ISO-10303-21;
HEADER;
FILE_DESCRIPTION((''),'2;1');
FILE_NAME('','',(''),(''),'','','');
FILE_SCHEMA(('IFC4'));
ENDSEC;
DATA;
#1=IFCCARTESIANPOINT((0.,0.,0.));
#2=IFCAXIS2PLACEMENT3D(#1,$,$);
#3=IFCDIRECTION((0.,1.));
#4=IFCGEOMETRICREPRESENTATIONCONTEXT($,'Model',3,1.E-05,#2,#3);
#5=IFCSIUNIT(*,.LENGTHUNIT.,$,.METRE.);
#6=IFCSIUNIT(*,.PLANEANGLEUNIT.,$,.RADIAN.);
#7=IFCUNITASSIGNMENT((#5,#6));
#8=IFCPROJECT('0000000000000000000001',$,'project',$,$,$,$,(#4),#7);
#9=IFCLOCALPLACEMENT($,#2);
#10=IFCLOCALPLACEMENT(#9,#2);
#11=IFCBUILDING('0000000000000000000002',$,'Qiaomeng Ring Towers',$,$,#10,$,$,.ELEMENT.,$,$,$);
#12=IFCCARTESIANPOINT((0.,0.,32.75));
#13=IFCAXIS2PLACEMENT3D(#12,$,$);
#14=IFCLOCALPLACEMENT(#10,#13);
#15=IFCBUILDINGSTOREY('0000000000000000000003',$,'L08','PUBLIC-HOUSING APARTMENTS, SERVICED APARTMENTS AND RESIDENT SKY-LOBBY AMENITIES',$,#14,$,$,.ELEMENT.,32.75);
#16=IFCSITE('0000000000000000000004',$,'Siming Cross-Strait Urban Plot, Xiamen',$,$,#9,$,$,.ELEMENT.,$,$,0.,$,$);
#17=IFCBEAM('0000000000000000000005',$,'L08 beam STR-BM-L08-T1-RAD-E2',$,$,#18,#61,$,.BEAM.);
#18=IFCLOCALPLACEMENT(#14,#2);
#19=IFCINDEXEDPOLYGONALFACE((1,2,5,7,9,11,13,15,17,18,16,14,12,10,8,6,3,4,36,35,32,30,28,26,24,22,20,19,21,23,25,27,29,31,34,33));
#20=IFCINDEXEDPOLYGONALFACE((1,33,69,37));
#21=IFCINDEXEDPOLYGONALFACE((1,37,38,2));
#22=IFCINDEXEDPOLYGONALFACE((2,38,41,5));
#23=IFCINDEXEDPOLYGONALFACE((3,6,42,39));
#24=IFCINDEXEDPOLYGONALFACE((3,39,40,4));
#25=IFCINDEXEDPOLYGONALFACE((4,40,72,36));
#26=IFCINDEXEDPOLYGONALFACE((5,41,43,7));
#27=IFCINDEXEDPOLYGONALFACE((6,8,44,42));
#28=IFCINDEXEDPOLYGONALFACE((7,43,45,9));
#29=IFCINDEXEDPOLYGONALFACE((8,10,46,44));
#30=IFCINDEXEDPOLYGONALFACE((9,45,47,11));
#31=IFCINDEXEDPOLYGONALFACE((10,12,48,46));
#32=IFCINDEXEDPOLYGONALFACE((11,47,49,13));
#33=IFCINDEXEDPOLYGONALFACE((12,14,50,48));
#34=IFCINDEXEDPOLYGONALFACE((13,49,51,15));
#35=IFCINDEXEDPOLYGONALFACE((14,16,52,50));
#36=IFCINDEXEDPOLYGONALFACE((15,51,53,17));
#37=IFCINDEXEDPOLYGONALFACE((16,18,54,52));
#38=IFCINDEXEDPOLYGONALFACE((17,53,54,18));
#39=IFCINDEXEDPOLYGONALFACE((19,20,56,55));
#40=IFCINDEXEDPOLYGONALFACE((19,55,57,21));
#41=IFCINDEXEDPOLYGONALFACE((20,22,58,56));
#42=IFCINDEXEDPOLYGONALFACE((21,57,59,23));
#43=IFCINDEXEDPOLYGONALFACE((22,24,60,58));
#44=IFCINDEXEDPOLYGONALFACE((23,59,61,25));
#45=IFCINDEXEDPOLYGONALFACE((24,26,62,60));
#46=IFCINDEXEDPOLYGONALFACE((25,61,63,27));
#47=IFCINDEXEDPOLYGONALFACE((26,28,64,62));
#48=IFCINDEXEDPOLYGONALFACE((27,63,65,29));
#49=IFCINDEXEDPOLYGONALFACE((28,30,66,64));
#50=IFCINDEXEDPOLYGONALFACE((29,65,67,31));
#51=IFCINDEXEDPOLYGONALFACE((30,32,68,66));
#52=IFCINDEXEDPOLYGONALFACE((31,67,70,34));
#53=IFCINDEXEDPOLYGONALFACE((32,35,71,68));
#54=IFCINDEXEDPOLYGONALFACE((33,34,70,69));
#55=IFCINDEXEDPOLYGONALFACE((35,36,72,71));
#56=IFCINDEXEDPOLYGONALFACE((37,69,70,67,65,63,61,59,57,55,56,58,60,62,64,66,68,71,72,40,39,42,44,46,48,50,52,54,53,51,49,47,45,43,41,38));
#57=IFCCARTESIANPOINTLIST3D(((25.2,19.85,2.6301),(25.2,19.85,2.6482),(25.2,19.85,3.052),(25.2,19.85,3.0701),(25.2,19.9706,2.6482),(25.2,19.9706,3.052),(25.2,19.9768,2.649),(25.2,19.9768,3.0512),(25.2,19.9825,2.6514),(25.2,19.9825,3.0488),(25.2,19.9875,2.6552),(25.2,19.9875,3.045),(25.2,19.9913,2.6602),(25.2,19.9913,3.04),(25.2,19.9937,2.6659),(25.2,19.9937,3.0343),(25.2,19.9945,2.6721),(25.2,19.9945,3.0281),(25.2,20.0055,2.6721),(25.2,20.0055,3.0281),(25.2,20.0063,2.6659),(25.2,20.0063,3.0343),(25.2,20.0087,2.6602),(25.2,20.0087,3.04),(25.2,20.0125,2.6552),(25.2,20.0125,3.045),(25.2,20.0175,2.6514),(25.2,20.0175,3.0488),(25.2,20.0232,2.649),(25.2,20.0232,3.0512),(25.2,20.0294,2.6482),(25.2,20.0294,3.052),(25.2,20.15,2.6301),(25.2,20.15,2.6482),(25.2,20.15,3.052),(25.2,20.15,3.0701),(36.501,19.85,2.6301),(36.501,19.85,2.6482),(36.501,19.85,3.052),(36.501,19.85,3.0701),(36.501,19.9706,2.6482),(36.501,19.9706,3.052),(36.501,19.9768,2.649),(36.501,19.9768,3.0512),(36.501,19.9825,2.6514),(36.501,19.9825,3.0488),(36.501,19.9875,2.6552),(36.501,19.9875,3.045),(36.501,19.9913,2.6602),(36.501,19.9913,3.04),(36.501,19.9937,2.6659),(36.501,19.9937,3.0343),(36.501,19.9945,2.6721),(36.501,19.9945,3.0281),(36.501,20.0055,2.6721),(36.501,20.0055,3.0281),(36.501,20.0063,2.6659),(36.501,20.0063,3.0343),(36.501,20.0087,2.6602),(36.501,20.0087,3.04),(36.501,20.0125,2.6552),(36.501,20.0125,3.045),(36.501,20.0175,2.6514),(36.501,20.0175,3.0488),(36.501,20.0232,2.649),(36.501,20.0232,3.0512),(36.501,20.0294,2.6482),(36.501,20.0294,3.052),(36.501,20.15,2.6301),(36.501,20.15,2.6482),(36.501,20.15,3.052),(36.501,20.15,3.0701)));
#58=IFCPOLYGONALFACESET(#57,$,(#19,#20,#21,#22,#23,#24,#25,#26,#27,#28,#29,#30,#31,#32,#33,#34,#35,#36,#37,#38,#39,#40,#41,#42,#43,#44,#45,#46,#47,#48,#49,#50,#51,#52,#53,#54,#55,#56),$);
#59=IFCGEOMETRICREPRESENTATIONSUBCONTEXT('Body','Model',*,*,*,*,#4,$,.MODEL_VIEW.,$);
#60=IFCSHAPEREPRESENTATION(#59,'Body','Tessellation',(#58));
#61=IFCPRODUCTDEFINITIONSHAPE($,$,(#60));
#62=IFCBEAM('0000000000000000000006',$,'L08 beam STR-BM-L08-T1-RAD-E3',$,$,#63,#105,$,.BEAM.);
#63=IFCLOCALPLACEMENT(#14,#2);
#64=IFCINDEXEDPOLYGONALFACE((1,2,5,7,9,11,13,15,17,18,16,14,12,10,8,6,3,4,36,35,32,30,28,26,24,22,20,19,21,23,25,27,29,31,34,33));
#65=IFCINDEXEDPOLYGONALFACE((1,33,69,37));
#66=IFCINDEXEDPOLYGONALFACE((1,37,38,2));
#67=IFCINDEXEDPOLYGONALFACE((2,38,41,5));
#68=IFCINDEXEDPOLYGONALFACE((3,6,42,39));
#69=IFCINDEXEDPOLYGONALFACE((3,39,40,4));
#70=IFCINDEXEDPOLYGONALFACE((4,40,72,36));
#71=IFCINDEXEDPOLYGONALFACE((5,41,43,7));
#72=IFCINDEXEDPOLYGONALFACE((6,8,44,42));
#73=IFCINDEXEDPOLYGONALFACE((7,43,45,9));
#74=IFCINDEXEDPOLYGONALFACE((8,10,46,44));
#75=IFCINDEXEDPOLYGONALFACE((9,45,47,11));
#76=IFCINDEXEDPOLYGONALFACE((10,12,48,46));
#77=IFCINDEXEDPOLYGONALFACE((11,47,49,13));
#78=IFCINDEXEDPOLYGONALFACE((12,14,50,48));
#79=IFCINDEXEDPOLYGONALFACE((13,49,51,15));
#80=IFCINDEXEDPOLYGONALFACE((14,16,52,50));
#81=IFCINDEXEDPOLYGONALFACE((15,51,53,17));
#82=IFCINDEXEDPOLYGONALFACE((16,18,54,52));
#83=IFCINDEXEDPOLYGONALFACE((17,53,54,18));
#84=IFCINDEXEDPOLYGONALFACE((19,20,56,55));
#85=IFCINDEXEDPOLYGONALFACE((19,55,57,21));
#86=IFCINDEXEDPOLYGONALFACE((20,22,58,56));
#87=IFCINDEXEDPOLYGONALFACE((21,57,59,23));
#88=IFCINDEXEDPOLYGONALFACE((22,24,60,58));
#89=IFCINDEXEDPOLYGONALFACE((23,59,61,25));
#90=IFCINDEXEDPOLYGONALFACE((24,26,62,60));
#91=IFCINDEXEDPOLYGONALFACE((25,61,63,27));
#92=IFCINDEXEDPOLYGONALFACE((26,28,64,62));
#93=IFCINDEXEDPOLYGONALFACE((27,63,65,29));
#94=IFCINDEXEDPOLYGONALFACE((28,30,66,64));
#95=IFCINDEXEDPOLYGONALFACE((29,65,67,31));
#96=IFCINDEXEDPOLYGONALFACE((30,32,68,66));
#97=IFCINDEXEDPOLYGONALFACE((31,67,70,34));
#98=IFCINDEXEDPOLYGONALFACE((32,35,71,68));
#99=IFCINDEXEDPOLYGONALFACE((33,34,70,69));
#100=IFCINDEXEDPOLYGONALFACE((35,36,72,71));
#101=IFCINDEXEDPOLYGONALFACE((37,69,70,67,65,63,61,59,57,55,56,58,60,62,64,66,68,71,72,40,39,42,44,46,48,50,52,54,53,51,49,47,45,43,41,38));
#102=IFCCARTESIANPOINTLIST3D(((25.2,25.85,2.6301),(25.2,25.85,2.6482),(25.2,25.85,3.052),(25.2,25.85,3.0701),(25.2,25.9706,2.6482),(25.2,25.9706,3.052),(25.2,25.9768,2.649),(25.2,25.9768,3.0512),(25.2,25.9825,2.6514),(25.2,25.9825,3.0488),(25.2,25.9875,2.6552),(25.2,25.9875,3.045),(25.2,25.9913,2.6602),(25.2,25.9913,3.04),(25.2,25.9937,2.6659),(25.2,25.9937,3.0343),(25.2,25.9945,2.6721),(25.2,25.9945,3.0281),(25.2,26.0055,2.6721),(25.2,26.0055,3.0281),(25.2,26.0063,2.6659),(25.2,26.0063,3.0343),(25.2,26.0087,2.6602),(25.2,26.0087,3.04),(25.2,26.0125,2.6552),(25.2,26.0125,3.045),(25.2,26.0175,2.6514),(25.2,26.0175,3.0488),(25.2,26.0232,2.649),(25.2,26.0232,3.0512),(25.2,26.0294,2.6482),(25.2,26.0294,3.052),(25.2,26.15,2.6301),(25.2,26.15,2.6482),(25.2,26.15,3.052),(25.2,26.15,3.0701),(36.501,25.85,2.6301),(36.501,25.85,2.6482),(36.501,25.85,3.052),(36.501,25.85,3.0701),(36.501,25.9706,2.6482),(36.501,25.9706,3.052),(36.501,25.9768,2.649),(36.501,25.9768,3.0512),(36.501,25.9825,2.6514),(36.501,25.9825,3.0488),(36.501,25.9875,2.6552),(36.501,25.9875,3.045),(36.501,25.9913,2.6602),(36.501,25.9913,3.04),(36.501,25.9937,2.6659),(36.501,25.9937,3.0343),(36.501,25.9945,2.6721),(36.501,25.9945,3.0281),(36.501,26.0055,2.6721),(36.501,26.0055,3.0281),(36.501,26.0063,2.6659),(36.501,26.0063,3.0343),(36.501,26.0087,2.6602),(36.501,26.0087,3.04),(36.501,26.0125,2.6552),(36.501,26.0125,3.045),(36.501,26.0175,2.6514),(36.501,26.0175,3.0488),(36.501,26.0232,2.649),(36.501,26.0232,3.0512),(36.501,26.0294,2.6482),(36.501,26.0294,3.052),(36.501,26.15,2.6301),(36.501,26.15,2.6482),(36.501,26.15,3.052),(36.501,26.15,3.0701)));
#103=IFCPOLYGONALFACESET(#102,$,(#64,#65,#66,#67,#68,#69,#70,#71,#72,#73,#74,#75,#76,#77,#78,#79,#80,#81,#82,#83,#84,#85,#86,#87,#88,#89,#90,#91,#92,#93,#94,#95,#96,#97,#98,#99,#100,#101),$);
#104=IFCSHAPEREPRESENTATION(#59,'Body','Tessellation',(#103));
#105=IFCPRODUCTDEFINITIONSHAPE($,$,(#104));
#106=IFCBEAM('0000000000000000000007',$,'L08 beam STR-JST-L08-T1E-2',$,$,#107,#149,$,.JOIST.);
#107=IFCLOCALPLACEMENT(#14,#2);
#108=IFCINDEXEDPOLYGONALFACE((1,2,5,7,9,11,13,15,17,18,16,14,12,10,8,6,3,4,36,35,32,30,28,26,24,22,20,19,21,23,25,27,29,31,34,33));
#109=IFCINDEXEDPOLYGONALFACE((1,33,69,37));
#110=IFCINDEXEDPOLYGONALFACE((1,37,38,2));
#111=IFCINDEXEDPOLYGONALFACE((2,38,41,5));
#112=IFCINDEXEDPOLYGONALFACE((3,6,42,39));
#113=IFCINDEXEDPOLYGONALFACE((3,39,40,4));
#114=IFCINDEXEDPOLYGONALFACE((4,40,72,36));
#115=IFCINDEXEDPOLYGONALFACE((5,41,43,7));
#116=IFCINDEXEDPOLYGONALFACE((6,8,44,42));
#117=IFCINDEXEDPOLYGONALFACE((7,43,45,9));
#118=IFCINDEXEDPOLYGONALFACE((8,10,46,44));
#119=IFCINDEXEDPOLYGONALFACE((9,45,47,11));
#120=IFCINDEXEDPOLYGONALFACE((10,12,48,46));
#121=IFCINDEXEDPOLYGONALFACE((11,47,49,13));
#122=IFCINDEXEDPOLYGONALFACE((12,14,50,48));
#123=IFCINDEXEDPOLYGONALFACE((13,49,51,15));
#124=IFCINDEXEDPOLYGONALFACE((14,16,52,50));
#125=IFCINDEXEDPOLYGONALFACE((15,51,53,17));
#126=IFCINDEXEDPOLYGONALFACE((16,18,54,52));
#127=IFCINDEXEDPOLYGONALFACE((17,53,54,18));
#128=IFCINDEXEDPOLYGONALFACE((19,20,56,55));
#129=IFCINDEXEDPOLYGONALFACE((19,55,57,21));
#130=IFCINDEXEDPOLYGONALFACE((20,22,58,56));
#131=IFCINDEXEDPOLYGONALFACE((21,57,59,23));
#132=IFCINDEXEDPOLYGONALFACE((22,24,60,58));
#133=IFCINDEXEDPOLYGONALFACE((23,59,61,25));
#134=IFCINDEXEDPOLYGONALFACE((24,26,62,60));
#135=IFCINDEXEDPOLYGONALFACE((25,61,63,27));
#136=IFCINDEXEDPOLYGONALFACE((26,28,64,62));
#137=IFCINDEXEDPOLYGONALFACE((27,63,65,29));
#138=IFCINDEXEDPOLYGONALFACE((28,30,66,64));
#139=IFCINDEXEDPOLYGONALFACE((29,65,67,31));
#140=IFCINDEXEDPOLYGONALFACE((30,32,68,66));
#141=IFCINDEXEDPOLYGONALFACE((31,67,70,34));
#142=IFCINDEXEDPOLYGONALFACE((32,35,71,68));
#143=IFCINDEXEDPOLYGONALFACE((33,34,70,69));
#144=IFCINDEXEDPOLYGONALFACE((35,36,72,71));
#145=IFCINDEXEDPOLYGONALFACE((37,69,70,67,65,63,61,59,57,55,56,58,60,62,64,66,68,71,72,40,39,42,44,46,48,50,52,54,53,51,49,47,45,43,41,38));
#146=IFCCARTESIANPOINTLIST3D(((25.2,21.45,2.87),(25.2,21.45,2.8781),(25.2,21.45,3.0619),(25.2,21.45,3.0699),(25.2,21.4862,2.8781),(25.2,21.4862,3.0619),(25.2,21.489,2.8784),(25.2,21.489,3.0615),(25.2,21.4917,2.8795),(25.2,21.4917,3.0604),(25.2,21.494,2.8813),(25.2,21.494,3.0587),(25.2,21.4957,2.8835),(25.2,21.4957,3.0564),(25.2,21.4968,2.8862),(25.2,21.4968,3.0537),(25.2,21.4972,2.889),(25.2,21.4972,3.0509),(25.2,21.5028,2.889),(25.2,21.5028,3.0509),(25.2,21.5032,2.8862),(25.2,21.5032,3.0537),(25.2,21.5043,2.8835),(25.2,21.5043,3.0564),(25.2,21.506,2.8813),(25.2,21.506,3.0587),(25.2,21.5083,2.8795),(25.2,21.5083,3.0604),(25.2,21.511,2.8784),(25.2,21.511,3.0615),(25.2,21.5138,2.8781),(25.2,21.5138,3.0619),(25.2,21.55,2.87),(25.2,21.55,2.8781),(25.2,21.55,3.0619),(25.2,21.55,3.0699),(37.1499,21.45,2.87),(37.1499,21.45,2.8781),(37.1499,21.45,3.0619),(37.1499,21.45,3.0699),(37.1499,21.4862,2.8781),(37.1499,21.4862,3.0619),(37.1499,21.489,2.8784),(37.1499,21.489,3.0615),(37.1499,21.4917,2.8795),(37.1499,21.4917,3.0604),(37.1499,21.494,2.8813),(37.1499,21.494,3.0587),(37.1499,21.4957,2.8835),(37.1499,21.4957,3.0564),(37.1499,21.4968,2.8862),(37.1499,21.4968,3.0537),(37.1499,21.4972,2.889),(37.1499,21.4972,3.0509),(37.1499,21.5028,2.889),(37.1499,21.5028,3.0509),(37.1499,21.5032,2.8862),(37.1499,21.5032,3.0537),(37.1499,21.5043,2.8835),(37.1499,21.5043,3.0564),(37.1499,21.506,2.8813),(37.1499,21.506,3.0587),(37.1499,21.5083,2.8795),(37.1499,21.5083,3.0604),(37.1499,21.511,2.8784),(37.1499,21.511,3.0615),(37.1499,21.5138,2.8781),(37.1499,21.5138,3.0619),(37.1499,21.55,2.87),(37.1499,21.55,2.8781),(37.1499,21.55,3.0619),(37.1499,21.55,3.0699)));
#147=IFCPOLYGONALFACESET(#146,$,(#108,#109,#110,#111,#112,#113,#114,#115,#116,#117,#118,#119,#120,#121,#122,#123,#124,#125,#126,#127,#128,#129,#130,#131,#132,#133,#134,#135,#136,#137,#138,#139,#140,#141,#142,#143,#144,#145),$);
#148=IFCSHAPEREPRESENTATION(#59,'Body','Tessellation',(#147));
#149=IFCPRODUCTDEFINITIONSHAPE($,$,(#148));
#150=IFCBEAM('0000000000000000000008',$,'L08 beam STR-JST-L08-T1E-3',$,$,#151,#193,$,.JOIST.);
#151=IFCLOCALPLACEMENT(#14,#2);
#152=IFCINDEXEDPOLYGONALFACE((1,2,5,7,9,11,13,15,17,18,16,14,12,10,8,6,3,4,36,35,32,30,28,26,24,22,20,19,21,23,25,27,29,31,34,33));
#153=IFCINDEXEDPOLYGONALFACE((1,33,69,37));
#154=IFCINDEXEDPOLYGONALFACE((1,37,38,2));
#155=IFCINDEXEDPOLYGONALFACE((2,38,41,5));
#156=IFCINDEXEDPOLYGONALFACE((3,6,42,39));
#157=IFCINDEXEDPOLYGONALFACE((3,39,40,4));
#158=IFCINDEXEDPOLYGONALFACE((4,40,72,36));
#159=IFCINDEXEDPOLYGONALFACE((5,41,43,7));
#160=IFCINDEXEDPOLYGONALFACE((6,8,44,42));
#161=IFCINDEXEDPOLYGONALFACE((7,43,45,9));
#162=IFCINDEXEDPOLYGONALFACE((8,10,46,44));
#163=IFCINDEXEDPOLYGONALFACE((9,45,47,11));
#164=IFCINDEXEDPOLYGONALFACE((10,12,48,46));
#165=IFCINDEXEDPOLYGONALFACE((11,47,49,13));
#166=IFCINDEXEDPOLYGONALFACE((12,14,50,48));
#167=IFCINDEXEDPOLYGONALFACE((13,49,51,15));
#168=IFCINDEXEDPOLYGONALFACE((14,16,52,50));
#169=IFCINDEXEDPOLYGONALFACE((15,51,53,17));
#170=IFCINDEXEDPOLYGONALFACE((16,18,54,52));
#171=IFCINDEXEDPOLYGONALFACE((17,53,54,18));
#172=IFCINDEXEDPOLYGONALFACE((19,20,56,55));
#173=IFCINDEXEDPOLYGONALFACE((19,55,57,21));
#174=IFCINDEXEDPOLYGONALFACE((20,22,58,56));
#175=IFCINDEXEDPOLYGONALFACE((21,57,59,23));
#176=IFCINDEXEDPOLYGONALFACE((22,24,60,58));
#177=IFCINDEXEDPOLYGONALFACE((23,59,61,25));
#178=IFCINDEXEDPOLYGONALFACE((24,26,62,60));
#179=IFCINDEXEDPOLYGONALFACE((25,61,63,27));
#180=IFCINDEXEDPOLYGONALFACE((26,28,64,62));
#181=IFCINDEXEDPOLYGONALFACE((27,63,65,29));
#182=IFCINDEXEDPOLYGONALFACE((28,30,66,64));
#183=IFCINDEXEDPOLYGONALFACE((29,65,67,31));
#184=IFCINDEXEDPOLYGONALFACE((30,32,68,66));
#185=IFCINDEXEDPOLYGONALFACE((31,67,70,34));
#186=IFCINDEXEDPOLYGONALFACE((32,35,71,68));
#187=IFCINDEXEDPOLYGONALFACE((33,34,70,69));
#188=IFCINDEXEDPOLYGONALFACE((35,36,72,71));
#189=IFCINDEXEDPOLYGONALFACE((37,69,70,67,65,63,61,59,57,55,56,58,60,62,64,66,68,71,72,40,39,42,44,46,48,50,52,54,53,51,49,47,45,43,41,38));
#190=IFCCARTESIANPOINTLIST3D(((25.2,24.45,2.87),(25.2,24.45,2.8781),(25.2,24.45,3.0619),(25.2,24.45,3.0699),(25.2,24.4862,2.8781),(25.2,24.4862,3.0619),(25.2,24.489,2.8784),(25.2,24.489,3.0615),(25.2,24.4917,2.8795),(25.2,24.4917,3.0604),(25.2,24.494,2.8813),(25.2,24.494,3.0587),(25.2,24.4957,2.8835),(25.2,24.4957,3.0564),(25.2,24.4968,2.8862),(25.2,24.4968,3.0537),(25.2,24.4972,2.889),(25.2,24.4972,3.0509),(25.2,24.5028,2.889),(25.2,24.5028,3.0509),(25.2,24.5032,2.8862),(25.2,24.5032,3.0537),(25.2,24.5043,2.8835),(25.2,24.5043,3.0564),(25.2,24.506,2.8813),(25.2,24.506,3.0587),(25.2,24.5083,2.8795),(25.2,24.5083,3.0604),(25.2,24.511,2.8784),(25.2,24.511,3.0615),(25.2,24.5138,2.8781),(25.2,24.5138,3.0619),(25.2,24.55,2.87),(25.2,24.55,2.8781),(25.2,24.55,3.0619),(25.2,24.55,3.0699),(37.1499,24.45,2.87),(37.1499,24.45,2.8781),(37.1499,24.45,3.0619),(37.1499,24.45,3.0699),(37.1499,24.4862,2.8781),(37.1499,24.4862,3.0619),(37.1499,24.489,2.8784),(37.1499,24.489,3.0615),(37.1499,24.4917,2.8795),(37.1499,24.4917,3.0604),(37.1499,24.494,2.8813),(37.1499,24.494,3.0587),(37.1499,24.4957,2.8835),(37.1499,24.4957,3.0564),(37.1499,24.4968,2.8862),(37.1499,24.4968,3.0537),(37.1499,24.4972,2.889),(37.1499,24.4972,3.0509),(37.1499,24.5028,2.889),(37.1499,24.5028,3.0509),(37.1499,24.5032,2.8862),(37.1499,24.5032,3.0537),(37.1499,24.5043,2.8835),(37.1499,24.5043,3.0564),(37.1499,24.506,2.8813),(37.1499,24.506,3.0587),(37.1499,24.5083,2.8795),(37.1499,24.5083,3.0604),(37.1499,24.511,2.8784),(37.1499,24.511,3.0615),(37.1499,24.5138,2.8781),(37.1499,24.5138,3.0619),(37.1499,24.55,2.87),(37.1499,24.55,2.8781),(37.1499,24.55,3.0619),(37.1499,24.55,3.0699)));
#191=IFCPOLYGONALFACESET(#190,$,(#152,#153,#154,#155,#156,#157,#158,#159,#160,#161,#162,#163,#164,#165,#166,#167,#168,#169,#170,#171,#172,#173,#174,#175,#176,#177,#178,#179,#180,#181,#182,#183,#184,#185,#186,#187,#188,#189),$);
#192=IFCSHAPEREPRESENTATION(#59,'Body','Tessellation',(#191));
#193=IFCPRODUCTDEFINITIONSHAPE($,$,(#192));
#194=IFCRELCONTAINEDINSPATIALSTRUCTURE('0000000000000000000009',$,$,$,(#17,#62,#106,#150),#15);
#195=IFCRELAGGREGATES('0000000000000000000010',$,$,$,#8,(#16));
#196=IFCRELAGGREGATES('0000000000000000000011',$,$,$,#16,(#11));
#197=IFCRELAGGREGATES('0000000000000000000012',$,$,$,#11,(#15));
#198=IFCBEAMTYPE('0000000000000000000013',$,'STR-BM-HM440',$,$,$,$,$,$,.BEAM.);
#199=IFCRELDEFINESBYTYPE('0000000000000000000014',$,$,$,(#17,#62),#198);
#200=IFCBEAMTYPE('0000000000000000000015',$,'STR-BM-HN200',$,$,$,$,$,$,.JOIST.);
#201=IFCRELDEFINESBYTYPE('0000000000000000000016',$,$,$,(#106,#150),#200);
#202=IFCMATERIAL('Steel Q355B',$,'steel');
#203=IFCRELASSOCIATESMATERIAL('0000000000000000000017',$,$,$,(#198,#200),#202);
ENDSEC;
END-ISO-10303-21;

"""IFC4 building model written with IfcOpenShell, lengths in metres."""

from ifc_helpers import new_model, si_unit, direction, frame, origin, origin_2d, place, context, subcontext, project, spatial, i_section, extrude, source, transform, mapped, material, material_profile, profile_set, type_object, element, save


model = new_model("IFC4")

# Units and contexts
model_context = context("Model", 3, precision=1e-05, world=origin(), true_north=direction((0.0, 1.0)))
body_context = subcontext(model_context, "Body", "Model", "MODEL_VIEW")
ifc_project = project(units=[si_unit("LENGTHUNIT", "METRE"), si_unit("PLANEANGLEUNIT", "RADIAN")], contexts=[model_context])

# Site, building, storey
site_placement = place(None, origin())
site = spatial("IfcSite", under=ifc_project, at=site_placement, Name="Siming Cross-Strait Urban Plot, Xiamen", CompositionType="ELEMENT", RefElevation=0.0)
building_placement = place(site_placement, origin())
building = spatial("IfcBuilding", under=site, at=building_placement, Name="Qiaomeng Ring Towers", CompositionType="ELEMENT")
storey_placement = place(building_placement, frame((0.0, 0.0, 32.75)))
storey = spatial("IfcBuildingStorey", under=building, at=storey_placement, Name="L08", Description="PUBLIC-HOUSING APARTMENTS, SERVICED APARTMENTS AND RESIDENT SKY-LOBBY AMENITIES", CompositionType="ELEMENT", Elevation=32.75)

# Beams
ifc_material_1 = material(Name="Steel Q355B", Category="steel")
ifc_material_profile_1 = material_profile(ifc_material_1, i_section(OverallWidth=0.3, OverallDepth=0.4399, WebThickness=0.011, FlangeThickness=0.0181, FilletRadius=0.0239, at=origin_2d()), Name="HM 440x300x11x18")
ifc_profile_set_1 = profile_set([ifc_material_profile_1], Name="Steel Q355B")
beam_type_1 = type_object("IfcBeamType", Name="STR-BM-HM440", PredefinedType="BEAM", material=ifc_profile_set_1)
shared_shape_1 = source(origin(), body_context, "Body", "SweptSolid", [
    extrude(i_section(OverallWidth=0.3, OverallDepth=0.4399, WebThickness=0.011, FlangeThickness=0.0181, FilletRadius=0.0239, at=origin_2d()), origin(), (0.0, 0.0, 1.0), 11.301),
])
for number, where, z_axis, x_axis, name in (
    (1, (25.2, 20.0, 2.8501), (1.0, 0.0, 0.0), (0.0, 1.0, 0.0), "L08 beam STR-BM-L08-T1-RAD-E2"),
    (2, (25.2, 26.0, 2.8501), (1.0, 0.0, 0.0), (0.0, 1.0, 0.0), "L08 beam STR-BM-L08-T1-RAD-E3"),
):
    element("IfcBeam", number, at=place(storey_placement, frame(where, z_axis=z_axis, x_axis=x_axis)), inside=storey, type_object=beam_type_1, Name=name, PredefinedType="BEAM", context=body_context, shape_type="MappedRepresentation", body=[
        mapped(shared_shape_1, transform((0.0, 0.0, 0.0), x_axis=(1.0, 0.0, 0.0), y_axis=(0.0, 1.0, 0.0), z_axis=(0.0, 0.0, 1.0), scale=1.0)),
    ])
ifc_material_profile_2 = material_profile(ifc_material_1, i_section(OverallWidth=0.1001, OverallDepth=0.2, WebThickness=0.0056, FlangeThickness=0.0081, FilletRadius=0.011, at=origin_2d()), Name="HN 200x100x5.5x8")
ifc_profile_set_2 = profile_set([ifc_material_profile_2], Name="Steel Q355B")
beam_type_2 = type_object("IfcBeamType", Name="STR-BM-HN200", PredefinedType="JOIST", material=ifc_profile_set_2)
shared_shape_2 = source(origin(), body_context, "Body", "SweptSolid", [
    extrude(i_section(OverallWidth=0.1001, OverallDepth=0.2, WebThickness=0.0056, FlangeThickness=0.0081, FilletRadius=0.011, at=origin_2d()), origin(), (0.0, 0.0, 1.0), 11.95),
])
for number, where, z_axis, x_axis, name in (
    (3, (25.2, 21.5, 2.97), (1.0, 0.0, 0.0), (0.0, 1.0, 0.0), "L08 beam STR-JST-L08-T1E-2"),
    (4, (25.2, 24.5, 2.97), (1.0, 0.0, 0.0), (0.0, 1.0, 0.0), "L08 beam STR-JST-L08-T1E-3"),
):
    element("IfcBeam", number, at=place(storey_placement, frame(where, z_axis=z_axis, x_axis=x_axis)), inside=storey, type_object=beam_type_2, Name=name, PredefinedType="JOIST", context=body_context, shape_type="MappedRepresentation", body=[
        mapped(shared_shape_2, transform((0.0, 0.0, 0.0), x_axis=(1.0, 0.0, 0.0), y_axis=(0.0, 1.0, 0.0), z_axis=(0.0, 0.0, 1.0), scale=1.0)),
    ])

save(model, "model.ifc")
